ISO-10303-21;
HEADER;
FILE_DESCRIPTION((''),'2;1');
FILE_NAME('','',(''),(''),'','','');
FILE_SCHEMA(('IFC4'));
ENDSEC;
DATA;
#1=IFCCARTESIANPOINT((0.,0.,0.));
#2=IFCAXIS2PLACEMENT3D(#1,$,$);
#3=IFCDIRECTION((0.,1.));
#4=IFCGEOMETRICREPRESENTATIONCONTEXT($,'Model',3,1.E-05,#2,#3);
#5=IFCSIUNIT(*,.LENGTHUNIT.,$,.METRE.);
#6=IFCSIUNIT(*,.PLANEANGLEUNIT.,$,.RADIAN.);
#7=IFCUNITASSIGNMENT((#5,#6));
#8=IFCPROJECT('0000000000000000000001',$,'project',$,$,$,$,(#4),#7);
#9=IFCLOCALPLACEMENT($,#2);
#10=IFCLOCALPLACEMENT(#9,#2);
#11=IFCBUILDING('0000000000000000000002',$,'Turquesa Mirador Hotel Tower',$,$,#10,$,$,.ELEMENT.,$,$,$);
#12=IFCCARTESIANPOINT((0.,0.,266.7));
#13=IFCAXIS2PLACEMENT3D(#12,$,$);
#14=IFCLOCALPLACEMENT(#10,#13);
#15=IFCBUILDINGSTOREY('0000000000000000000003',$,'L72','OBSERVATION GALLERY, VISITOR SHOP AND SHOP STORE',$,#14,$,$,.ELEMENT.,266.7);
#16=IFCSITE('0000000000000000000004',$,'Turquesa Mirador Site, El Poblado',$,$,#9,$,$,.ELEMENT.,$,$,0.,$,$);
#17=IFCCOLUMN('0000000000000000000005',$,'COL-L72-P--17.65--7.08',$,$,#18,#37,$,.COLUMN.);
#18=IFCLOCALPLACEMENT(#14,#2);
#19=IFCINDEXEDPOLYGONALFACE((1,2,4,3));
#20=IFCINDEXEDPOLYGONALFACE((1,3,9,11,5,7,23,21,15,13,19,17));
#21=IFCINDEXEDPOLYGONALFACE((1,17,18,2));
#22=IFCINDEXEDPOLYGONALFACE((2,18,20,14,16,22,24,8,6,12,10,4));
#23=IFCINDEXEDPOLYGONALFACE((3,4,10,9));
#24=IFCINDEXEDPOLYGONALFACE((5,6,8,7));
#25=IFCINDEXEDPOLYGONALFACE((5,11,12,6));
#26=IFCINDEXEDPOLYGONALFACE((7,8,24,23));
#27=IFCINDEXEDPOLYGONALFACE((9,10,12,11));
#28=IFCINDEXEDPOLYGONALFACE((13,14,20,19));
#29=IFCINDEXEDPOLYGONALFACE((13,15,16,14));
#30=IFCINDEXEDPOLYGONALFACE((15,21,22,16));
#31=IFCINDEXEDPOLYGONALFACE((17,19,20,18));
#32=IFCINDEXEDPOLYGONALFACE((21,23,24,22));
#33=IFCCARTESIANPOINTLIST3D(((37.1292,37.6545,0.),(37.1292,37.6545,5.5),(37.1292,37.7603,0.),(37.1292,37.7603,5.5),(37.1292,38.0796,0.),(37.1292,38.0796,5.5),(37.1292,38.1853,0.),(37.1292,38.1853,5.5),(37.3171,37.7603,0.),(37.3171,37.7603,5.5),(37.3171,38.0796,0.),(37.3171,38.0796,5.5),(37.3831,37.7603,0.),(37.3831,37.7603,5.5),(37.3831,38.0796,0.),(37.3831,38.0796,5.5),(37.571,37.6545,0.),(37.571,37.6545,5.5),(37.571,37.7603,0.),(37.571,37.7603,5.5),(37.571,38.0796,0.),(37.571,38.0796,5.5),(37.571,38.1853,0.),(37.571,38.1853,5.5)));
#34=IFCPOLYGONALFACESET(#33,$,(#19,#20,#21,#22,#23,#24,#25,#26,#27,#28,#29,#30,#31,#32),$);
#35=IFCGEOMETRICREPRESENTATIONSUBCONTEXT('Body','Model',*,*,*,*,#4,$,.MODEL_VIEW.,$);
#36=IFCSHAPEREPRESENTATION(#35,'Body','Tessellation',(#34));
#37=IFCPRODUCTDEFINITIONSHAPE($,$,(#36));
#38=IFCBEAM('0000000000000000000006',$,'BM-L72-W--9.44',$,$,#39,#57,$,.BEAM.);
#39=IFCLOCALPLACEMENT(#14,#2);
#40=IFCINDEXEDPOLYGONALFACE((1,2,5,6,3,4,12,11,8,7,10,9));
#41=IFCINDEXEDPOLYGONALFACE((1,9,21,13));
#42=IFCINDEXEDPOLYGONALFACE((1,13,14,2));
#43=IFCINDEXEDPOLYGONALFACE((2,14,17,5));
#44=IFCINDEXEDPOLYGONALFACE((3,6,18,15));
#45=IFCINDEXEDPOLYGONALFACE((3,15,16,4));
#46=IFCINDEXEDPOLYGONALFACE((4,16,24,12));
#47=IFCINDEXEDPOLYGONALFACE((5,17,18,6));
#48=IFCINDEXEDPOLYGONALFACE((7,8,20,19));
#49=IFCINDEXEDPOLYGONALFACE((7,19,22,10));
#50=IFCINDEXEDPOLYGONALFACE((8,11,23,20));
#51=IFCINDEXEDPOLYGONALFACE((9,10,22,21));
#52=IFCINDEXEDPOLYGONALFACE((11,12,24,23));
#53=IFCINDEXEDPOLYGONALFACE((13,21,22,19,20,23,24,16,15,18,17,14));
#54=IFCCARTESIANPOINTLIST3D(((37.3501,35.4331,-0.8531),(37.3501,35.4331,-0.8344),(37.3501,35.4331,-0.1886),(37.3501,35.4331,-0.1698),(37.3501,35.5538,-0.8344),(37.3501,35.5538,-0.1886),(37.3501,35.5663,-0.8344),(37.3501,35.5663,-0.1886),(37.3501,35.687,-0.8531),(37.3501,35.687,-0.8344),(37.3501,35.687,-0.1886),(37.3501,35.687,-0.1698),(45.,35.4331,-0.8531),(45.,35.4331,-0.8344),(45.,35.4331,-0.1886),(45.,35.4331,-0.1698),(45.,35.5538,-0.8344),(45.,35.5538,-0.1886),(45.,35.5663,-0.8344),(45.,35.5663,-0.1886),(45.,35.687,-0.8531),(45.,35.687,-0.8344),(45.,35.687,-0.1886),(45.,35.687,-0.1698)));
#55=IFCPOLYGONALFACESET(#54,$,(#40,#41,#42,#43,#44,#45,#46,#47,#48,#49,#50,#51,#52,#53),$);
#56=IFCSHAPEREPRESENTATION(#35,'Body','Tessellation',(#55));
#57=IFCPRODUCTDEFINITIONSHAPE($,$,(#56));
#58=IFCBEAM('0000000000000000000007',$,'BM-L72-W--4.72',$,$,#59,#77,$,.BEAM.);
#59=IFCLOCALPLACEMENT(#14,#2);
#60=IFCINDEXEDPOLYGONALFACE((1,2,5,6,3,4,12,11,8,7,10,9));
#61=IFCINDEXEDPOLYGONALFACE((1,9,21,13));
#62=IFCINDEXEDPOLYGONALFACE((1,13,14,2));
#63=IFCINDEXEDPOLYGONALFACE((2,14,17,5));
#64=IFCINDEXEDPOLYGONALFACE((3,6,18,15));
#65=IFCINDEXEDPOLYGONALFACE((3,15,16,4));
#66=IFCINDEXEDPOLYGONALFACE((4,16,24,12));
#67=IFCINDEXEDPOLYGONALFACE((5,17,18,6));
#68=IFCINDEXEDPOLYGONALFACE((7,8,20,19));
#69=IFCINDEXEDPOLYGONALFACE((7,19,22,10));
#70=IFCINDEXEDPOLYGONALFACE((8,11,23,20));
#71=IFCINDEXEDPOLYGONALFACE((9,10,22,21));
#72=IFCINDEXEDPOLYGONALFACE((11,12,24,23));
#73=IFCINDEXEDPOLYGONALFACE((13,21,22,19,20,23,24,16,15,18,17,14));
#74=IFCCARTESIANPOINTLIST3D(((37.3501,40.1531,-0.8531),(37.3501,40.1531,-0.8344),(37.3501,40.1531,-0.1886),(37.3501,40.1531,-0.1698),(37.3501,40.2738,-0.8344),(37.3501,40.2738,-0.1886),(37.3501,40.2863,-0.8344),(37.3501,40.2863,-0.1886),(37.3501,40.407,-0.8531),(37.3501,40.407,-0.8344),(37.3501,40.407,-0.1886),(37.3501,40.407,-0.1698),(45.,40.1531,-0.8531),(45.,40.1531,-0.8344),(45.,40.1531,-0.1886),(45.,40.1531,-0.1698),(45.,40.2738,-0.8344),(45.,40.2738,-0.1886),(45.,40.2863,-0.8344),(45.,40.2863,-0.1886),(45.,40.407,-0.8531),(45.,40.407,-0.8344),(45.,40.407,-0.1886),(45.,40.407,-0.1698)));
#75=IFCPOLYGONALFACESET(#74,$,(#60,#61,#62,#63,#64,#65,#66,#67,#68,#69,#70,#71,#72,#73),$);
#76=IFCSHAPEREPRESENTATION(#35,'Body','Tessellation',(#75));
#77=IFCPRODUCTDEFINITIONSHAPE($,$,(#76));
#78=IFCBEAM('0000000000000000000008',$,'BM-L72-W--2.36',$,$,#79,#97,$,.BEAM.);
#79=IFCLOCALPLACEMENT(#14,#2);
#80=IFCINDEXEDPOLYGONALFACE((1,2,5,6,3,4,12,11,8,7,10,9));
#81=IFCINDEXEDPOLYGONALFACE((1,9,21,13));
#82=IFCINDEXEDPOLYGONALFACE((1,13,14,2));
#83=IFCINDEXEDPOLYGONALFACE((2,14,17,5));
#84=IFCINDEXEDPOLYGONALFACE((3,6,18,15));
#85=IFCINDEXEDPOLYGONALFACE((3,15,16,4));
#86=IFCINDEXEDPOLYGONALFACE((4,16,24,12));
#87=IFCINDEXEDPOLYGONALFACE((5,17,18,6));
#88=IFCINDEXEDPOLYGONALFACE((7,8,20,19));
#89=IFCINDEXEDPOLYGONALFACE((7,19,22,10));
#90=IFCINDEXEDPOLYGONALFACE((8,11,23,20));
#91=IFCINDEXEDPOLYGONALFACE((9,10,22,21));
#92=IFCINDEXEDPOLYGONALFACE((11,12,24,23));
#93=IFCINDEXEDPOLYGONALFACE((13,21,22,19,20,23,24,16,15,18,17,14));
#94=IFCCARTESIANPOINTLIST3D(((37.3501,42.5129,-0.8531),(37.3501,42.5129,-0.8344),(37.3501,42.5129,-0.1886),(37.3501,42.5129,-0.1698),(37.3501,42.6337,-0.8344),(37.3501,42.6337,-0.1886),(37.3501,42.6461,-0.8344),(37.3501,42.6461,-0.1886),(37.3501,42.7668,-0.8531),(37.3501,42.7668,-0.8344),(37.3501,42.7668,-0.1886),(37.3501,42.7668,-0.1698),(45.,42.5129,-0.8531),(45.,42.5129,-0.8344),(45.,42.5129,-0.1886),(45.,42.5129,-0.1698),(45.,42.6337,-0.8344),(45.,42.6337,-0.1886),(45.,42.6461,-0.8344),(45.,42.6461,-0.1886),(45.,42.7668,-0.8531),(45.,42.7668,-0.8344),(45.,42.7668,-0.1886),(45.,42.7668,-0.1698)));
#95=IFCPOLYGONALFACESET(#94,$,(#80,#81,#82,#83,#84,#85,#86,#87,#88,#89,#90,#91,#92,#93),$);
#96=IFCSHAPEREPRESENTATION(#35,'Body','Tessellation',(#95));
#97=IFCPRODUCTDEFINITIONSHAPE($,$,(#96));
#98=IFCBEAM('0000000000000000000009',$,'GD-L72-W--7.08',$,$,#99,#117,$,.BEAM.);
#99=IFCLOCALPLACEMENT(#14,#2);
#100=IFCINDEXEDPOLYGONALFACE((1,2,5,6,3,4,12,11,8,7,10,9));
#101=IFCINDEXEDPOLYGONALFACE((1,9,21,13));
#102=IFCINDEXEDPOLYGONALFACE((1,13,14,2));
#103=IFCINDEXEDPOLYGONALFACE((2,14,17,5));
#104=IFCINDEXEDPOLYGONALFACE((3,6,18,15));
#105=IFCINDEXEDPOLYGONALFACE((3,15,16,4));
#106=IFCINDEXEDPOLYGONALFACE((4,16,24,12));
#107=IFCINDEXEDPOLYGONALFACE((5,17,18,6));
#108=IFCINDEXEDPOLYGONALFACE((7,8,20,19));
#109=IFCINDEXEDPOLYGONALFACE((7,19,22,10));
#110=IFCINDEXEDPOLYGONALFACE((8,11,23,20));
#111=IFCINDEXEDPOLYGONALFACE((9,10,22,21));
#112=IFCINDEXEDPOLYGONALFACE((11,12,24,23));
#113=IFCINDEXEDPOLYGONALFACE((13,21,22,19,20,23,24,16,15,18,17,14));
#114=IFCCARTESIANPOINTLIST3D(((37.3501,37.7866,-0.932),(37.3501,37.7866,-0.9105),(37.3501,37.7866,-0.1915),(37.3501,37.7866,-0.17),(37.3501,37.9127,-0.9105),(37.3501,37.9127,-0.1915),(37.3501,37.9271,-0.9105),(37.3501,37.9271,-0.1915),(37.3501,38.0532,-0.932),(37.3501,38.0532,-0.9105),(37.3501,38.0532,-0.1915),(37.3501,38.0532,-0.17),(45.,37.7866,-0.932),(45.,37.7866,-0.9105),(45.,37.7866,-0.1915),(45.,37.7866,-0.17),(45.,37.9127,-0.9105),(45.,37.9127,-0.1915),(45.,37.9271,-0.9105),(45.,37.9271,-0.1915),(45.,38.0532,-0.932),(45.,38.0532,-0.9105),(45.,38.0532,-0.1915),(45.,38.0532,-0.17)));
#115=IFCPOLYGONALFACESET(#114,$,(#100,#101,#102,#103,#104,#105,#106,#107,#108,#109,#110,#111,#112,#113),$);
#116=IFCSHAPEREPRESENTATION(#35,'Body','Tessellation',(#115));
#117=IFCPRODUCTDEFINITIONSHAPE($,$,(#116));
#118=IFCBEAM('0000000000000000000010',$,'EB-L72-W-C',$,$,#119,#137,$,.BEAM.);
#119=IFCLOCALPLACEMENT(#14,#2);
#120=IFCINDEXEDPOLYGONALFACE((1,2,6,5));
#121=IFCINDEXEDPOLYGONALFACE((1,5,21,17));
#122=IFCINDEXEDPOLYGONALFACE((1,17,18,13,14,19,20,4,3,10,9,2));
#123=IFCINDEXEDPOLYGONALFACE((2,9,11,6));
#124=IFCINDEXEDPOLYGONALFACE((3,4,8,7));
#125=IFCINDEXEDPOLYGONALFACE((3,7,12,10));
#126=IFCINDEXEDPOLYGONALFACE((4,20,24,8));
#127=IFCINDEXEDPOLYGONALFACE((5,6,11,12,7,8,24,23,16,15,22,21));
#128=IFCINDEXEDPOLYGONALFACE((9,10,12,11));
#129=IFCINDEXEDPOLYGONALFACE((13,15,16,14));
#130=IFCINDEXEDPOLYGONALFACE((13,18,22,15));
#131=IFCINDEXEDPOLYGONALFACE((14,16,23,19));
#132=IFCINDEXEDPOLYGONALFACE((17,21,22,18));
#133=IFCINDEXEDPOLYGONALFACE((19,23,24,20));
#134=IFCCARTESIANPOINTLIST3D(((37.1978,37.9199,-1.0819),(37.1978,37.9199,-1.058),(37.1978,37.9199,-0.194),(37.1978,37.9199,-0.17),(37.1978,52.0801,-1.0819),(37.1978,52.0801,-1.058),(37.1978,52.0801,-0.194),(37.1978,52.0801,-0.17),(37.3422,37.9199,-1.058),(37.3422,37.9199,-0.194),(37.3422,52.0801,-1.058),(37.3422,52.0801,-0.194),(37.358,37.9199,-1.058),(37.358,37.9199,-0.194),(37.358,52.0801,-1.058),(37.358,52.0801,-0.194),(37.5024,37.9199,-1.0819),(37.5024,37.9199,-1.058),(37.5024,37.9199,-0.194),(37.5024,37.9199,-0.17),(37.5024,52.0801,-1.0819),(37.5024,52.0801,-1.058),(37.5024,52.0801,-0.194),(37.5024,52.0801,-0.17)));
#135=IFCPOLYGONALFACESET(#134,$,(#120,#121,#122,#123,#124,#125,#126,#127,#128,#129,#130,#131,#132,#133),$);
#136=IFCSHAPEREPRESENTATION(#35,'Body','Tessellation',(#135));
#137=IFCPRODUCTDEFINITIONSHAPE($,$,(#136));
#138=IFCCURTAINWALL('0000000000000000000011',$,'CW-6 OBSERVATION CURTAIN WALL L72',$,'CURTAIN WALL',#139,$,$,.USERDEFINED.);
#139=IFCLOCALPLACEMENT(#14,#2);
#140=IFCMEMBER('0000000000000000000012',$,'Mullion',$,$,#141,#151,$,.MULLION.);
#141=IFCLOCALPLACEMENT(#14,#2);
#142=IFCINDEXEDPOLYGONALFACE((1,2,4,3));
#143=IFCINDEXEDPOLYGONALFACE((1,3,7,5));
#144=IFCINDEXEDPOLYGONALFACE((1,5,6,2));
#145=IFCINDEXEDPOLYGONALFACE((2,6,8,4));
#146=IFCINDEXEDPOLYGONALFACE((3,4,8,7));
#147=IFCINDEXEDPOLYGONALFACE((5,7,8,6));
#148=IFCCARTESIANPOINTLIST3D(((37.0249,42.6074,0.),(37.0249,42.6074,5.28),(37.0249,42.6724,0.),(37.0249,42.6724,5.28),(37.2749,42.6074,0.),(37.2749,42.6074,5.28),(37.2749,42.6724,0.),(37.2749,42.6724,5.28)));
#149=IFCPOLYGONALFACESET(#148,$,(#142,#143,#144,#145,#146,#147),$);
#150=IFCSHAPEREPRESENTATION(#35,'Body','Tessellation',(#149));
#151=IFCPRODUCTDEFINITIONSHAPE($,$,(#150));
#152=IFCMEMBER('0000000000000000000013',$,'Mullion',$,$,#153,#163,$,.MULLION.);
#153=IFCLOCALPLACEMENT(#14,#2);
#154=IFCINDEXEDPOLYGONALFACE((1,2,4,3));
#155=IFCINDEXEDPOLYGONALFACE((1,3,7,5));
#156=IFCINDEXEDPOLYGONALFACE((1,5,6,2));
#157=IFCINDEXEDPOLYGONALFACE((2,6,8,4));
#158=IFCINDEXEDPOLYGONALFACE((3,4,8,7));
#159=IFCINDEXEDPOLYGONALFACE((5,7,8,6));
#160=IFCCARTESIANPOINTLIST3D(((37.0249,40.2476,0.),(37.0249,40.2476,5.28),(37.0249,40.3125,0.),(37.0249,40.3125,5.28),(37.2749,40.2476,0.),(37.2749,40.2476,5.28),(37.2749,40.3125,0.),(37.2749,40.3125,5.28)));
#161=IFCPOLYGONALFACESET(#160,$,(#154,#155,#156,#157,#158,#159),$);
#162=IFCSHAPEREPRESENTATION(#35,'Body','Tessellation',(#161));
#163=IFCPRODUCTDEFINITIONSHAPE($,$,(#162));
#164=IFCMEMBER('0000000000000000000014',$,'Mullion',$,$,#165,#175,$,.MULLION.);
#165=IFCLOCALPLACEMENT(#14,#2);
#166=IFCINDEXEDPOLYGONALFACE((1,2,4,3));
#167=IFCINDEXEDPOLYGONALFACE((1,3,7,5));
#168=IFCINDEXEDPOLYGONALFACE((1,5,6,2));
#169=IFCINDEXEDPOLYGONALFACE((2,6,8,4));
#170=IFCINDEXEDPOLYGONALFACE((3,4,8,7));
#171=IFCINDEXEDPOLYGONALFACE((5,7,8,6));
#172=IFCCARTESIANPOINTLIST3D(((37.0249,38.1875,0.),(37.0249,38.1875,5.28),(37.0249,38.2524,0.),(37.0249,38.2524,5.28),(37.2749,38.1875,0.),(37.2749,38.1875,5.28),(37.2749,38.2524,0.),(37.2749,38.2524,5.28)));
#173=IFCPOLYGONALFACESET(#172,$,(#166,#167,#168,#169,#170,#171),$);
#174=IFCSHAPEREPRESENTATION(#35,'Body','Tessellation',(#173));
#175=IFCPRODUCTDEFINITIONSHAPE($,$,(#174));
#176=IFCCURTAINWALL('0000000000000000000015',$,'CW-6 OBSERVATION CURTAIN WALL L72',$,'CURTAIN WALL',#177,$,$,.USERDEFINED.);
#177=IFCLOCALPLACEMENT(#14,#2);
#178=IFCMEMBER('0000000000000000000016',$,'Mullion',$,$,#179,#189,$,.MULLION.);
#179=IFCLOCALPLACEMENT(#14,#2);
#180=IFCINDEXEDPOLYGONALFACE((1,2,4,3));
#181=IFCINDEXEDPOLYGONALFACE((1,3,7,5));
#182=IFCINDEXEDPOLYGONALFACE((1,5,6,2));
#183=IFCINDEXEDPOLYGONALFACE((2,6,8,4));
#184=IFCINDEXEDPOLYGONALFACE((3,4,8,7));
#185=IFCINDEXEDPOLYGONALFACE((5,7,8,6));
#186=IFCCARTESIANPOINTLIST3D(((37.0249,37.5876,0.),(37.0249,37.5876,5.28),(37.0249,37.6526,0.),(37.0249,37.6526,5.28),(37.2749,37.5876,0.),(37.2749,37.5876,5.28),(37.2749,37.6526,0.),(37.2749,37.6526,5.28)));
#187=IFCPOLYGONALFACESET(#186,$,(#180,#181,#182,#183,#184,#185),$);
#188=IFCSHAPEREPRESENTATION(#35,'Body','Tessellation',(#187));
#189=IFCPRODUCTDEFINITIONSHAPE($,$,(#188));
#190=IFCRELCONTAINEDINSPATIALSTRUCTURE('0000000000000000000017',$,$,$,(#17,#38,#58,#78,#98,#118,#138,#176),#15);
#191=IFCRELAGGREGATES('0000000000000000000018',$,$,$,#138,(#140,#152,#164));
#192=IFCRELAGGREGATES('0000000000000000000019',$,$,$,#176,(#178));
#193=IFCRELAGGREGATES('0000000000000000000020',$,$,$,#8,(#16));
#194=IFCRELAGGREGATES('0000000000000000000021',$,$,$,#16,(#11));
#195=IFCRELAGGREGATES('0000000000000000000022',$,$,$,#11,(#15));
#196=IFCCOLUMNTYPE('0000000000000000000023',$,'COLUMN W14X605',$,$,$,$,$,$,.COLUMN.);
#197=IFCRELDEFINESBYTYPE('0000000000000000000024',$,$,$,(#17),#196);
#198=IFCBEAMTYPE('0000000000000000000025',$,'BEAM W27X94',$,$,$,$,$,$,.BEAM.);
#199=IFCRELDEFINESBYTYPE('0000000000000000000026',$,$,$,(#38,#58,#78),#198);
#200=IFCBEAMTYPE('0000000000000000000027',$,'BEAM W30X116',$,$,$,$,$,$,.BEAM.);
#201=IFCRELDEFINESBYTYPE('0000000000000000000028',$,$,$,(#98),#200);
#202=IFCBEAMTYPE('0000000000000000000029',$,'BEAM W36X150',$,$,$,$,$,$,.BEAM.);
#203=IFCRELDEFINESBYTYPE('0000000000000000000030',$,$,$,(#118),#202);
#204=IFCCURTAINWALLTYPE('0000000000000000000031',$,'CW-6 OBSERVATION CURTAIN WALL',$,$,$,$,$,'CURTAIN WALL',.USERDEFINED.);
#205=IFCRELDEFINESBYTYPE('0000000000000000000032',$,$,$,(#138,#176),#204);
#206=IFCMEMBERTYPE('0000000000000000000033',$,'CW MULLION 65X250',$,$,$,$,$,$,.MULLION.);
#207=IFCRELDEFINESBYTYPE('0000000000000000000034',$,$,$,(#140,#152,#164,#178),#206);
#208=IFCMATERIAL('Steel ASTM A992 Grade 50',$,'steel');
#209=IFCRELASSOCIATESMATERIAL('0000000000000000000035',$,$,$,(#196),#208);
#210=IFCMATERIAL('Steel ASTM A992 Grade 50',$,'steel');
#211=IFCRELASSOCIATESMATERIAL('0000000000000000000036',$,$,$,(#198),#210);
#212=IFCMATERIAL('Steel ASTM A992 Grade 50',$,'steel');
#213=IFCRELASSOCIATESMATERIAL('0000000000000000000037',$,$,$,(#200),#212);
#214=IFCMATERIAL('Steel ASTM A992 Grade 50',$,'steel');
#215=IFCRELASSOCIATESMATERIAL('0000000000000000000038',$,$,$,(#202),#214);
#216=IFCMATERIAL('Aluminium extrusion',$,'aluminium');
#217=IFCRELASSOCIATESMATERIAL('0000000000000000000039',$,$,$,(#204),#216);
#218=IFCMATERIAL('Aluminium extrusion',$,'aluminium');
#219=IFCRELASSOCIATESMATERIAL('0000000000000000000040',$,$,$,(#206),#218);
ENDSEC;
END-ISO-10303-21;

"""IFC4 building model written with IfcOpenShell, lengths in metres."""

from ifc_helpers import new_model, si_unit, direction, frame, origin, origin_2d, place, context, subcontext, project, spatial, rectangle, i_section, extrude, material, material_profile, profile_set, type_object, element, aggregate, save


model = new_model("IFC4")

# Units and contexts
model_context = context("Model", 3, precision=1e-05, world=origin(), true_north=direction((0.0, 1.0)))
body_context = subcontext(model_context, "Body", "Model", "MODEL_VIEW")
ifc_project = project(units=[si_unit("LENGTHUNIT", "METRE"), si_unit("PLANEANGLEUNIT", "RADIAN")], contexts=[model_context])

# Site, building, storey
site_placement = place(None, origin())
site = spatial("IfcSite", under=ifc_project, at=site_placement, Name="Turquesa Mirador Site, El Poblado", CompositionType="ELEMENT", RefElevation=0.0)
building_placement = place(site_placement, origin())
building = spatial("IfcBuilding", under=site, at=building_placement, Name="Turquesa Mirador Hotel Tower", CompositionType="ELEMENT")
storey_placement = place(building_placement, frame((0.0, 0.0, 266.7)))
storey = spatial("IfcBuildingStorey", under=building, at=storey_placement, Name="L72", Description="OBSERVATION GALLERY, VISITOR SHOP AND SHOP STORE", CompositionType="ELEMENT", Elevation=266.7)

# Column
ifc_material_1 = material(Name="Steel ASTM A992 Grade 50", Category="steel")
ifc_material_profile_1 = material_profile(ifc_material_1, i_section(OverallWidth=0.4419, OverallDepth=0.5308, WebThickness=0.0659, FlangeThickness=0.1057, at=origin_2d()), Name="W14X605")
ifc_profile_set_1 = profile_set([ifc_material_profile_1], Name="Steel ASTM A992 Grade 50")
column_type = type_object("IfcColumnType", Name="COLUMN W14X605", PredefinedType="COLUMN", material=ifc_profile_set_1)
column_placement = place(storey_placement, frame((37.3501, 37.9199, 0.0), z_axis=(0.0, 0.0, 1.0), x_axis=(1.0, 0.0, 0.0)))
element("IfcColumn", 1, at=column_placement, inside=storey, type_object=column_type, Name="COL-L72-P--17.65--7.08", PredefinedType="COLUMN", context=body_context, shape_type="SweptSolid", body=[
    extrude(i_section(OverallWidth=0.4419, OverallDepth=0.5308, WebThickness=0.0659, FlangeThickness=0.1057, at=origin_2d()), origin(), (0.0, 0.0, 1.0), 5.5),
])

# Beams
ifc_material_2 = material(Name="Steel ASTM A992 Grade 50", Category="steel")
ifc_material_profile_2 = material_profile(ifc_material_2, i_section(OverallWidth=0.2539, OverallDepth=0.6833, WebThickness=0.0125, FlangeThickness=0.0188, at=origin_2d()), Name="W27X94")
ifc_profile_set_2 = profile_set([ifc_material_profile_2], Name="Steel ASTM A992 Grade 50")
beam_type_1 = type_object("IfcBeamType", Name="BEAM W27X94", PredefinedType="BEAM", material=ifc_profile_set_2)
for number, where, z_axis, x_axis, name in (
    (2, (37.3501, 35.5601, -0.5115), (1.0, 0.0, 0.0), (0.0, 1.0, 0.0), "BM-L72-W--9.44"),
    (3, (37.3501, 40.28, -0.5115), (1.0, 0.0, 0.0), (0.0, 1.0, 0.0), "BM-L72-W--4.72"),
    (4, (37.3501, 42.6399, -0.5115), (1.0, 0.0, 0.0), (0.0, 1.0, 0.0), "BM-L72-W--2.36"),
):
    element("IfcBeam", number, at=place(storey_placement, frame(where, z_axis=z_axis, x_axis=x_axis)), inside=storey, type_object=beam_type_1, Name=name, PredefinedType="BEAM", context=body_context, shape_type="SweptSolid", body=[
        extrude(i_section(OverallWidth=0.2539, OverallDepth=0.6833, WebThickness=0.0125, FlangeThickness=0.0188, at=origin_2d()), origin(), (0.0, 0.0, 1.0), 7.6499),
    ])
ifc_material_3 = material(Name="Steel ASTM A992 Grade 50", Category="steel")
ifc_material_profile_3 = material_profile(ifc_material_3, i_section(OverallWidth=0.2666, OverallDepth=0.762, WebThickness=0.0144, FlangeThickness=0.0215, at=origin_2d()), Name="W30X116")
ifc_profile_set_3 = profile_set([ifc_material_profile_3], Name="Steel ASTM A992 Grade 50")
beam_type_2 = type_object("IfcBeamType", Name="BEAM W30X116", PredefinedType="BEAM", material=ifc_profile_set_3)
beam_1_placement = place(storey_placement, frame((37.3501, 37.9199, -0.551), z_axis=(1.0, 0.0, 0.0), x_axis=(0.0, 1.0, 0.0)))
element("IfcBeam", 5, at=beam_1_placement, inside=storey, type_object=beam_type_2, Name="GD-L72-W--7.08", PredefinedType="BEAM", context=body_context, shape_type="SweptSolid", body=[
    extrude(i_section(OverallWidth=0.2666, OverallDepth=0.762, WebThickness=0.0144, FlangeThickness=0.0215, at=origin_2d()), origin(), (0.0, 0.0, 1.0), 7.6499),
])
ifc_material_4 = material(Name="Steel ASTM A992 Grade 50", Category="steel")
ifc_material_profile_4 = material_profile(ifc_material_4, i_section(OverallWidth=0.3047, OverallDepth=0.9119, WebThickness=0.0159, FlangeThickness=0.0239, at=origin_2d()), Name="W36X150")
ifc_profile_set_4 = profile_set([ifc_material_profile_4], Name="Steel ASTM A992 Grade 50")
beam_type_3 = type_object("IfcBeamType", Name="BEAM W36X150", PredefinedType="BEAM", material=ifc_profile_set_4)
beam_2_placement = place(storey_placement, frame((37.3501, 37.9199, -0.626), z_axis=(0.0, 1.0, 0.0), x_axis=(-1.0, 0.0, 0.0)))
element("IfcBeam", 6, at=beam_2_placement, inside=storey, type_object=beam_type_3, Name="EB-L72-W-C", PredefinedType="BEAM", context=body_context, shape_type="SweptSolid", body=[
    extrude(i_section(OverallWidth=0.3047, OverallDepth=0.9119, WebThickness=0.0159, FlangeThickness=0.0239, at=origin_2d()), origin(), (0.0, 0.0, 1.0), 14.1602),
])

# Curtain walls, members
ifc_material_5 = material(Name="Aluminium extrusion", Category="aluminium")
curtain_wall_type = type_object("IfcCurtainWallType", Name="CW-6 OBSERVATION CURTAIN WALL", ElementType="CURTAIN WALL", PredefinedType="USERDEFINED", material=ifc_material_5)
curtain_wall_1_placement = place(storey_placement, origin())
curtain_wall_1 = element("IfcCurtainWall", 7, at=curtain_wall_1_placement, inside=storey, type_object=curtain_wall_type, Name="CW-6 OBSERVATION CURTAIN WALL L72", ObjectType="CURTAIN WALL", PredefinedType="USERDEFINED")
ifc_material_6 = material(Name="Aluminium extrusion", Category="aluminium")
ifc_material_profile_5 = material_profile(ifc_material_6, rectangle(XDim=0.0649, YDim=0.25, at=origin_2d()), Name="MULLION 65X250")
ifc_profile_set_5 = profile_set([ifc_material_profile_5], Name="Aluminium extrusion")
member_type_1 = type_object("IfcMemberType", Name="CW MULLION 65X250", PredefinedType="MULLION", material=ifc_profile_set_5)
member_1_placement = place(storey_placement, frame((37.1499, 42.6399, 0.0), z_axis=(0.0, 0.0, 1.0), x_axis=(0.0, -1.0, 0.0)))
member_1 = element("IfcMember", 8, at=member_1_placement, type_object=member_type_1, Name="Mullion", PredefinedType="MULLION", context=body_context, shape_type="SweptSolid", body=[
    extrude(rectangle(XDim=0.0649, YDim=0.25, at=origin_2d()), origin(), (0.0, 0.0, 1.0), 5.28),
])
member_2_placement = place(storey_placement, frame((37.1499, 40.28, 0.0), z_axis=(0.0, 0.0, 1.0), x_axis=(0.0, -1.0, 0.0)))
member_2 = element("IfcMember", 9, at=member_2_placement, type_object=member_type_1, Name="Mullion", PredefinedType="MULLION", context=body_context, shape_type="SweptSolid", body=[
    extrude(rectangle(XDim=0.0649, YDim=0.25, at=origin_2d()), origin(), (0.0, 0.0, 1.0), 5.28),
])
member_3_placement = place(storey_placement, frame((37.1499, 38.22, 0.0), z_axis=(0.0, 0.0, 1.0), x_axis=(0.0, -1.0, 0.0)))
member_3 = element("IfcMember", 10, at=member_3_placement, type_object=member_type_1, Name="Mullion", PredefinedType="MULLION", context=body_context, shape_type="SweptSolid", body=[
    extrude(rectangle(XDim=0.0649, YDim=0.25, at=origin_2d()), origin(), (0.0, 0.0, 1.0), 5.28),
])
curtain_wall_2_placement = place(storey_placement, origin())
curtain_wall_2 = element("IfcCurtainWall", 11, at=curtain_wall_2_placement, inside=storey, type_object=curtain_wall_type, Name="CW-6 OBSERVATION CURTAIN WALL L72", ObjectType="CURTAIN WALL", PredefinedType="USERDEFINED")
member_4_placement = place(storey_placement, frame((37.1499, 37.6201, 0.0), z_axis=(0.0, 0.0, 1.0), x_axis=(0.0, -1.0, 0.0)))
member_4 = element("IfcMember", 12, at=member_4_placement, type_object=member_type_1, Name="Mullion", PredefinedType="MULLION", context=body_context, shape_type="SweptSolid", body=[
    extrude(rectangle(XDim=0.0649, YDim=0.25, at=origin_2d()), origin(), (0.0, 0.0, 1.0), 5.28),
])

aggregate(curtain_wall_1, [member_1, member_2, member_3])
aggregate(curtain_wall_2, [member_4])

save(model, "model.ifc")
